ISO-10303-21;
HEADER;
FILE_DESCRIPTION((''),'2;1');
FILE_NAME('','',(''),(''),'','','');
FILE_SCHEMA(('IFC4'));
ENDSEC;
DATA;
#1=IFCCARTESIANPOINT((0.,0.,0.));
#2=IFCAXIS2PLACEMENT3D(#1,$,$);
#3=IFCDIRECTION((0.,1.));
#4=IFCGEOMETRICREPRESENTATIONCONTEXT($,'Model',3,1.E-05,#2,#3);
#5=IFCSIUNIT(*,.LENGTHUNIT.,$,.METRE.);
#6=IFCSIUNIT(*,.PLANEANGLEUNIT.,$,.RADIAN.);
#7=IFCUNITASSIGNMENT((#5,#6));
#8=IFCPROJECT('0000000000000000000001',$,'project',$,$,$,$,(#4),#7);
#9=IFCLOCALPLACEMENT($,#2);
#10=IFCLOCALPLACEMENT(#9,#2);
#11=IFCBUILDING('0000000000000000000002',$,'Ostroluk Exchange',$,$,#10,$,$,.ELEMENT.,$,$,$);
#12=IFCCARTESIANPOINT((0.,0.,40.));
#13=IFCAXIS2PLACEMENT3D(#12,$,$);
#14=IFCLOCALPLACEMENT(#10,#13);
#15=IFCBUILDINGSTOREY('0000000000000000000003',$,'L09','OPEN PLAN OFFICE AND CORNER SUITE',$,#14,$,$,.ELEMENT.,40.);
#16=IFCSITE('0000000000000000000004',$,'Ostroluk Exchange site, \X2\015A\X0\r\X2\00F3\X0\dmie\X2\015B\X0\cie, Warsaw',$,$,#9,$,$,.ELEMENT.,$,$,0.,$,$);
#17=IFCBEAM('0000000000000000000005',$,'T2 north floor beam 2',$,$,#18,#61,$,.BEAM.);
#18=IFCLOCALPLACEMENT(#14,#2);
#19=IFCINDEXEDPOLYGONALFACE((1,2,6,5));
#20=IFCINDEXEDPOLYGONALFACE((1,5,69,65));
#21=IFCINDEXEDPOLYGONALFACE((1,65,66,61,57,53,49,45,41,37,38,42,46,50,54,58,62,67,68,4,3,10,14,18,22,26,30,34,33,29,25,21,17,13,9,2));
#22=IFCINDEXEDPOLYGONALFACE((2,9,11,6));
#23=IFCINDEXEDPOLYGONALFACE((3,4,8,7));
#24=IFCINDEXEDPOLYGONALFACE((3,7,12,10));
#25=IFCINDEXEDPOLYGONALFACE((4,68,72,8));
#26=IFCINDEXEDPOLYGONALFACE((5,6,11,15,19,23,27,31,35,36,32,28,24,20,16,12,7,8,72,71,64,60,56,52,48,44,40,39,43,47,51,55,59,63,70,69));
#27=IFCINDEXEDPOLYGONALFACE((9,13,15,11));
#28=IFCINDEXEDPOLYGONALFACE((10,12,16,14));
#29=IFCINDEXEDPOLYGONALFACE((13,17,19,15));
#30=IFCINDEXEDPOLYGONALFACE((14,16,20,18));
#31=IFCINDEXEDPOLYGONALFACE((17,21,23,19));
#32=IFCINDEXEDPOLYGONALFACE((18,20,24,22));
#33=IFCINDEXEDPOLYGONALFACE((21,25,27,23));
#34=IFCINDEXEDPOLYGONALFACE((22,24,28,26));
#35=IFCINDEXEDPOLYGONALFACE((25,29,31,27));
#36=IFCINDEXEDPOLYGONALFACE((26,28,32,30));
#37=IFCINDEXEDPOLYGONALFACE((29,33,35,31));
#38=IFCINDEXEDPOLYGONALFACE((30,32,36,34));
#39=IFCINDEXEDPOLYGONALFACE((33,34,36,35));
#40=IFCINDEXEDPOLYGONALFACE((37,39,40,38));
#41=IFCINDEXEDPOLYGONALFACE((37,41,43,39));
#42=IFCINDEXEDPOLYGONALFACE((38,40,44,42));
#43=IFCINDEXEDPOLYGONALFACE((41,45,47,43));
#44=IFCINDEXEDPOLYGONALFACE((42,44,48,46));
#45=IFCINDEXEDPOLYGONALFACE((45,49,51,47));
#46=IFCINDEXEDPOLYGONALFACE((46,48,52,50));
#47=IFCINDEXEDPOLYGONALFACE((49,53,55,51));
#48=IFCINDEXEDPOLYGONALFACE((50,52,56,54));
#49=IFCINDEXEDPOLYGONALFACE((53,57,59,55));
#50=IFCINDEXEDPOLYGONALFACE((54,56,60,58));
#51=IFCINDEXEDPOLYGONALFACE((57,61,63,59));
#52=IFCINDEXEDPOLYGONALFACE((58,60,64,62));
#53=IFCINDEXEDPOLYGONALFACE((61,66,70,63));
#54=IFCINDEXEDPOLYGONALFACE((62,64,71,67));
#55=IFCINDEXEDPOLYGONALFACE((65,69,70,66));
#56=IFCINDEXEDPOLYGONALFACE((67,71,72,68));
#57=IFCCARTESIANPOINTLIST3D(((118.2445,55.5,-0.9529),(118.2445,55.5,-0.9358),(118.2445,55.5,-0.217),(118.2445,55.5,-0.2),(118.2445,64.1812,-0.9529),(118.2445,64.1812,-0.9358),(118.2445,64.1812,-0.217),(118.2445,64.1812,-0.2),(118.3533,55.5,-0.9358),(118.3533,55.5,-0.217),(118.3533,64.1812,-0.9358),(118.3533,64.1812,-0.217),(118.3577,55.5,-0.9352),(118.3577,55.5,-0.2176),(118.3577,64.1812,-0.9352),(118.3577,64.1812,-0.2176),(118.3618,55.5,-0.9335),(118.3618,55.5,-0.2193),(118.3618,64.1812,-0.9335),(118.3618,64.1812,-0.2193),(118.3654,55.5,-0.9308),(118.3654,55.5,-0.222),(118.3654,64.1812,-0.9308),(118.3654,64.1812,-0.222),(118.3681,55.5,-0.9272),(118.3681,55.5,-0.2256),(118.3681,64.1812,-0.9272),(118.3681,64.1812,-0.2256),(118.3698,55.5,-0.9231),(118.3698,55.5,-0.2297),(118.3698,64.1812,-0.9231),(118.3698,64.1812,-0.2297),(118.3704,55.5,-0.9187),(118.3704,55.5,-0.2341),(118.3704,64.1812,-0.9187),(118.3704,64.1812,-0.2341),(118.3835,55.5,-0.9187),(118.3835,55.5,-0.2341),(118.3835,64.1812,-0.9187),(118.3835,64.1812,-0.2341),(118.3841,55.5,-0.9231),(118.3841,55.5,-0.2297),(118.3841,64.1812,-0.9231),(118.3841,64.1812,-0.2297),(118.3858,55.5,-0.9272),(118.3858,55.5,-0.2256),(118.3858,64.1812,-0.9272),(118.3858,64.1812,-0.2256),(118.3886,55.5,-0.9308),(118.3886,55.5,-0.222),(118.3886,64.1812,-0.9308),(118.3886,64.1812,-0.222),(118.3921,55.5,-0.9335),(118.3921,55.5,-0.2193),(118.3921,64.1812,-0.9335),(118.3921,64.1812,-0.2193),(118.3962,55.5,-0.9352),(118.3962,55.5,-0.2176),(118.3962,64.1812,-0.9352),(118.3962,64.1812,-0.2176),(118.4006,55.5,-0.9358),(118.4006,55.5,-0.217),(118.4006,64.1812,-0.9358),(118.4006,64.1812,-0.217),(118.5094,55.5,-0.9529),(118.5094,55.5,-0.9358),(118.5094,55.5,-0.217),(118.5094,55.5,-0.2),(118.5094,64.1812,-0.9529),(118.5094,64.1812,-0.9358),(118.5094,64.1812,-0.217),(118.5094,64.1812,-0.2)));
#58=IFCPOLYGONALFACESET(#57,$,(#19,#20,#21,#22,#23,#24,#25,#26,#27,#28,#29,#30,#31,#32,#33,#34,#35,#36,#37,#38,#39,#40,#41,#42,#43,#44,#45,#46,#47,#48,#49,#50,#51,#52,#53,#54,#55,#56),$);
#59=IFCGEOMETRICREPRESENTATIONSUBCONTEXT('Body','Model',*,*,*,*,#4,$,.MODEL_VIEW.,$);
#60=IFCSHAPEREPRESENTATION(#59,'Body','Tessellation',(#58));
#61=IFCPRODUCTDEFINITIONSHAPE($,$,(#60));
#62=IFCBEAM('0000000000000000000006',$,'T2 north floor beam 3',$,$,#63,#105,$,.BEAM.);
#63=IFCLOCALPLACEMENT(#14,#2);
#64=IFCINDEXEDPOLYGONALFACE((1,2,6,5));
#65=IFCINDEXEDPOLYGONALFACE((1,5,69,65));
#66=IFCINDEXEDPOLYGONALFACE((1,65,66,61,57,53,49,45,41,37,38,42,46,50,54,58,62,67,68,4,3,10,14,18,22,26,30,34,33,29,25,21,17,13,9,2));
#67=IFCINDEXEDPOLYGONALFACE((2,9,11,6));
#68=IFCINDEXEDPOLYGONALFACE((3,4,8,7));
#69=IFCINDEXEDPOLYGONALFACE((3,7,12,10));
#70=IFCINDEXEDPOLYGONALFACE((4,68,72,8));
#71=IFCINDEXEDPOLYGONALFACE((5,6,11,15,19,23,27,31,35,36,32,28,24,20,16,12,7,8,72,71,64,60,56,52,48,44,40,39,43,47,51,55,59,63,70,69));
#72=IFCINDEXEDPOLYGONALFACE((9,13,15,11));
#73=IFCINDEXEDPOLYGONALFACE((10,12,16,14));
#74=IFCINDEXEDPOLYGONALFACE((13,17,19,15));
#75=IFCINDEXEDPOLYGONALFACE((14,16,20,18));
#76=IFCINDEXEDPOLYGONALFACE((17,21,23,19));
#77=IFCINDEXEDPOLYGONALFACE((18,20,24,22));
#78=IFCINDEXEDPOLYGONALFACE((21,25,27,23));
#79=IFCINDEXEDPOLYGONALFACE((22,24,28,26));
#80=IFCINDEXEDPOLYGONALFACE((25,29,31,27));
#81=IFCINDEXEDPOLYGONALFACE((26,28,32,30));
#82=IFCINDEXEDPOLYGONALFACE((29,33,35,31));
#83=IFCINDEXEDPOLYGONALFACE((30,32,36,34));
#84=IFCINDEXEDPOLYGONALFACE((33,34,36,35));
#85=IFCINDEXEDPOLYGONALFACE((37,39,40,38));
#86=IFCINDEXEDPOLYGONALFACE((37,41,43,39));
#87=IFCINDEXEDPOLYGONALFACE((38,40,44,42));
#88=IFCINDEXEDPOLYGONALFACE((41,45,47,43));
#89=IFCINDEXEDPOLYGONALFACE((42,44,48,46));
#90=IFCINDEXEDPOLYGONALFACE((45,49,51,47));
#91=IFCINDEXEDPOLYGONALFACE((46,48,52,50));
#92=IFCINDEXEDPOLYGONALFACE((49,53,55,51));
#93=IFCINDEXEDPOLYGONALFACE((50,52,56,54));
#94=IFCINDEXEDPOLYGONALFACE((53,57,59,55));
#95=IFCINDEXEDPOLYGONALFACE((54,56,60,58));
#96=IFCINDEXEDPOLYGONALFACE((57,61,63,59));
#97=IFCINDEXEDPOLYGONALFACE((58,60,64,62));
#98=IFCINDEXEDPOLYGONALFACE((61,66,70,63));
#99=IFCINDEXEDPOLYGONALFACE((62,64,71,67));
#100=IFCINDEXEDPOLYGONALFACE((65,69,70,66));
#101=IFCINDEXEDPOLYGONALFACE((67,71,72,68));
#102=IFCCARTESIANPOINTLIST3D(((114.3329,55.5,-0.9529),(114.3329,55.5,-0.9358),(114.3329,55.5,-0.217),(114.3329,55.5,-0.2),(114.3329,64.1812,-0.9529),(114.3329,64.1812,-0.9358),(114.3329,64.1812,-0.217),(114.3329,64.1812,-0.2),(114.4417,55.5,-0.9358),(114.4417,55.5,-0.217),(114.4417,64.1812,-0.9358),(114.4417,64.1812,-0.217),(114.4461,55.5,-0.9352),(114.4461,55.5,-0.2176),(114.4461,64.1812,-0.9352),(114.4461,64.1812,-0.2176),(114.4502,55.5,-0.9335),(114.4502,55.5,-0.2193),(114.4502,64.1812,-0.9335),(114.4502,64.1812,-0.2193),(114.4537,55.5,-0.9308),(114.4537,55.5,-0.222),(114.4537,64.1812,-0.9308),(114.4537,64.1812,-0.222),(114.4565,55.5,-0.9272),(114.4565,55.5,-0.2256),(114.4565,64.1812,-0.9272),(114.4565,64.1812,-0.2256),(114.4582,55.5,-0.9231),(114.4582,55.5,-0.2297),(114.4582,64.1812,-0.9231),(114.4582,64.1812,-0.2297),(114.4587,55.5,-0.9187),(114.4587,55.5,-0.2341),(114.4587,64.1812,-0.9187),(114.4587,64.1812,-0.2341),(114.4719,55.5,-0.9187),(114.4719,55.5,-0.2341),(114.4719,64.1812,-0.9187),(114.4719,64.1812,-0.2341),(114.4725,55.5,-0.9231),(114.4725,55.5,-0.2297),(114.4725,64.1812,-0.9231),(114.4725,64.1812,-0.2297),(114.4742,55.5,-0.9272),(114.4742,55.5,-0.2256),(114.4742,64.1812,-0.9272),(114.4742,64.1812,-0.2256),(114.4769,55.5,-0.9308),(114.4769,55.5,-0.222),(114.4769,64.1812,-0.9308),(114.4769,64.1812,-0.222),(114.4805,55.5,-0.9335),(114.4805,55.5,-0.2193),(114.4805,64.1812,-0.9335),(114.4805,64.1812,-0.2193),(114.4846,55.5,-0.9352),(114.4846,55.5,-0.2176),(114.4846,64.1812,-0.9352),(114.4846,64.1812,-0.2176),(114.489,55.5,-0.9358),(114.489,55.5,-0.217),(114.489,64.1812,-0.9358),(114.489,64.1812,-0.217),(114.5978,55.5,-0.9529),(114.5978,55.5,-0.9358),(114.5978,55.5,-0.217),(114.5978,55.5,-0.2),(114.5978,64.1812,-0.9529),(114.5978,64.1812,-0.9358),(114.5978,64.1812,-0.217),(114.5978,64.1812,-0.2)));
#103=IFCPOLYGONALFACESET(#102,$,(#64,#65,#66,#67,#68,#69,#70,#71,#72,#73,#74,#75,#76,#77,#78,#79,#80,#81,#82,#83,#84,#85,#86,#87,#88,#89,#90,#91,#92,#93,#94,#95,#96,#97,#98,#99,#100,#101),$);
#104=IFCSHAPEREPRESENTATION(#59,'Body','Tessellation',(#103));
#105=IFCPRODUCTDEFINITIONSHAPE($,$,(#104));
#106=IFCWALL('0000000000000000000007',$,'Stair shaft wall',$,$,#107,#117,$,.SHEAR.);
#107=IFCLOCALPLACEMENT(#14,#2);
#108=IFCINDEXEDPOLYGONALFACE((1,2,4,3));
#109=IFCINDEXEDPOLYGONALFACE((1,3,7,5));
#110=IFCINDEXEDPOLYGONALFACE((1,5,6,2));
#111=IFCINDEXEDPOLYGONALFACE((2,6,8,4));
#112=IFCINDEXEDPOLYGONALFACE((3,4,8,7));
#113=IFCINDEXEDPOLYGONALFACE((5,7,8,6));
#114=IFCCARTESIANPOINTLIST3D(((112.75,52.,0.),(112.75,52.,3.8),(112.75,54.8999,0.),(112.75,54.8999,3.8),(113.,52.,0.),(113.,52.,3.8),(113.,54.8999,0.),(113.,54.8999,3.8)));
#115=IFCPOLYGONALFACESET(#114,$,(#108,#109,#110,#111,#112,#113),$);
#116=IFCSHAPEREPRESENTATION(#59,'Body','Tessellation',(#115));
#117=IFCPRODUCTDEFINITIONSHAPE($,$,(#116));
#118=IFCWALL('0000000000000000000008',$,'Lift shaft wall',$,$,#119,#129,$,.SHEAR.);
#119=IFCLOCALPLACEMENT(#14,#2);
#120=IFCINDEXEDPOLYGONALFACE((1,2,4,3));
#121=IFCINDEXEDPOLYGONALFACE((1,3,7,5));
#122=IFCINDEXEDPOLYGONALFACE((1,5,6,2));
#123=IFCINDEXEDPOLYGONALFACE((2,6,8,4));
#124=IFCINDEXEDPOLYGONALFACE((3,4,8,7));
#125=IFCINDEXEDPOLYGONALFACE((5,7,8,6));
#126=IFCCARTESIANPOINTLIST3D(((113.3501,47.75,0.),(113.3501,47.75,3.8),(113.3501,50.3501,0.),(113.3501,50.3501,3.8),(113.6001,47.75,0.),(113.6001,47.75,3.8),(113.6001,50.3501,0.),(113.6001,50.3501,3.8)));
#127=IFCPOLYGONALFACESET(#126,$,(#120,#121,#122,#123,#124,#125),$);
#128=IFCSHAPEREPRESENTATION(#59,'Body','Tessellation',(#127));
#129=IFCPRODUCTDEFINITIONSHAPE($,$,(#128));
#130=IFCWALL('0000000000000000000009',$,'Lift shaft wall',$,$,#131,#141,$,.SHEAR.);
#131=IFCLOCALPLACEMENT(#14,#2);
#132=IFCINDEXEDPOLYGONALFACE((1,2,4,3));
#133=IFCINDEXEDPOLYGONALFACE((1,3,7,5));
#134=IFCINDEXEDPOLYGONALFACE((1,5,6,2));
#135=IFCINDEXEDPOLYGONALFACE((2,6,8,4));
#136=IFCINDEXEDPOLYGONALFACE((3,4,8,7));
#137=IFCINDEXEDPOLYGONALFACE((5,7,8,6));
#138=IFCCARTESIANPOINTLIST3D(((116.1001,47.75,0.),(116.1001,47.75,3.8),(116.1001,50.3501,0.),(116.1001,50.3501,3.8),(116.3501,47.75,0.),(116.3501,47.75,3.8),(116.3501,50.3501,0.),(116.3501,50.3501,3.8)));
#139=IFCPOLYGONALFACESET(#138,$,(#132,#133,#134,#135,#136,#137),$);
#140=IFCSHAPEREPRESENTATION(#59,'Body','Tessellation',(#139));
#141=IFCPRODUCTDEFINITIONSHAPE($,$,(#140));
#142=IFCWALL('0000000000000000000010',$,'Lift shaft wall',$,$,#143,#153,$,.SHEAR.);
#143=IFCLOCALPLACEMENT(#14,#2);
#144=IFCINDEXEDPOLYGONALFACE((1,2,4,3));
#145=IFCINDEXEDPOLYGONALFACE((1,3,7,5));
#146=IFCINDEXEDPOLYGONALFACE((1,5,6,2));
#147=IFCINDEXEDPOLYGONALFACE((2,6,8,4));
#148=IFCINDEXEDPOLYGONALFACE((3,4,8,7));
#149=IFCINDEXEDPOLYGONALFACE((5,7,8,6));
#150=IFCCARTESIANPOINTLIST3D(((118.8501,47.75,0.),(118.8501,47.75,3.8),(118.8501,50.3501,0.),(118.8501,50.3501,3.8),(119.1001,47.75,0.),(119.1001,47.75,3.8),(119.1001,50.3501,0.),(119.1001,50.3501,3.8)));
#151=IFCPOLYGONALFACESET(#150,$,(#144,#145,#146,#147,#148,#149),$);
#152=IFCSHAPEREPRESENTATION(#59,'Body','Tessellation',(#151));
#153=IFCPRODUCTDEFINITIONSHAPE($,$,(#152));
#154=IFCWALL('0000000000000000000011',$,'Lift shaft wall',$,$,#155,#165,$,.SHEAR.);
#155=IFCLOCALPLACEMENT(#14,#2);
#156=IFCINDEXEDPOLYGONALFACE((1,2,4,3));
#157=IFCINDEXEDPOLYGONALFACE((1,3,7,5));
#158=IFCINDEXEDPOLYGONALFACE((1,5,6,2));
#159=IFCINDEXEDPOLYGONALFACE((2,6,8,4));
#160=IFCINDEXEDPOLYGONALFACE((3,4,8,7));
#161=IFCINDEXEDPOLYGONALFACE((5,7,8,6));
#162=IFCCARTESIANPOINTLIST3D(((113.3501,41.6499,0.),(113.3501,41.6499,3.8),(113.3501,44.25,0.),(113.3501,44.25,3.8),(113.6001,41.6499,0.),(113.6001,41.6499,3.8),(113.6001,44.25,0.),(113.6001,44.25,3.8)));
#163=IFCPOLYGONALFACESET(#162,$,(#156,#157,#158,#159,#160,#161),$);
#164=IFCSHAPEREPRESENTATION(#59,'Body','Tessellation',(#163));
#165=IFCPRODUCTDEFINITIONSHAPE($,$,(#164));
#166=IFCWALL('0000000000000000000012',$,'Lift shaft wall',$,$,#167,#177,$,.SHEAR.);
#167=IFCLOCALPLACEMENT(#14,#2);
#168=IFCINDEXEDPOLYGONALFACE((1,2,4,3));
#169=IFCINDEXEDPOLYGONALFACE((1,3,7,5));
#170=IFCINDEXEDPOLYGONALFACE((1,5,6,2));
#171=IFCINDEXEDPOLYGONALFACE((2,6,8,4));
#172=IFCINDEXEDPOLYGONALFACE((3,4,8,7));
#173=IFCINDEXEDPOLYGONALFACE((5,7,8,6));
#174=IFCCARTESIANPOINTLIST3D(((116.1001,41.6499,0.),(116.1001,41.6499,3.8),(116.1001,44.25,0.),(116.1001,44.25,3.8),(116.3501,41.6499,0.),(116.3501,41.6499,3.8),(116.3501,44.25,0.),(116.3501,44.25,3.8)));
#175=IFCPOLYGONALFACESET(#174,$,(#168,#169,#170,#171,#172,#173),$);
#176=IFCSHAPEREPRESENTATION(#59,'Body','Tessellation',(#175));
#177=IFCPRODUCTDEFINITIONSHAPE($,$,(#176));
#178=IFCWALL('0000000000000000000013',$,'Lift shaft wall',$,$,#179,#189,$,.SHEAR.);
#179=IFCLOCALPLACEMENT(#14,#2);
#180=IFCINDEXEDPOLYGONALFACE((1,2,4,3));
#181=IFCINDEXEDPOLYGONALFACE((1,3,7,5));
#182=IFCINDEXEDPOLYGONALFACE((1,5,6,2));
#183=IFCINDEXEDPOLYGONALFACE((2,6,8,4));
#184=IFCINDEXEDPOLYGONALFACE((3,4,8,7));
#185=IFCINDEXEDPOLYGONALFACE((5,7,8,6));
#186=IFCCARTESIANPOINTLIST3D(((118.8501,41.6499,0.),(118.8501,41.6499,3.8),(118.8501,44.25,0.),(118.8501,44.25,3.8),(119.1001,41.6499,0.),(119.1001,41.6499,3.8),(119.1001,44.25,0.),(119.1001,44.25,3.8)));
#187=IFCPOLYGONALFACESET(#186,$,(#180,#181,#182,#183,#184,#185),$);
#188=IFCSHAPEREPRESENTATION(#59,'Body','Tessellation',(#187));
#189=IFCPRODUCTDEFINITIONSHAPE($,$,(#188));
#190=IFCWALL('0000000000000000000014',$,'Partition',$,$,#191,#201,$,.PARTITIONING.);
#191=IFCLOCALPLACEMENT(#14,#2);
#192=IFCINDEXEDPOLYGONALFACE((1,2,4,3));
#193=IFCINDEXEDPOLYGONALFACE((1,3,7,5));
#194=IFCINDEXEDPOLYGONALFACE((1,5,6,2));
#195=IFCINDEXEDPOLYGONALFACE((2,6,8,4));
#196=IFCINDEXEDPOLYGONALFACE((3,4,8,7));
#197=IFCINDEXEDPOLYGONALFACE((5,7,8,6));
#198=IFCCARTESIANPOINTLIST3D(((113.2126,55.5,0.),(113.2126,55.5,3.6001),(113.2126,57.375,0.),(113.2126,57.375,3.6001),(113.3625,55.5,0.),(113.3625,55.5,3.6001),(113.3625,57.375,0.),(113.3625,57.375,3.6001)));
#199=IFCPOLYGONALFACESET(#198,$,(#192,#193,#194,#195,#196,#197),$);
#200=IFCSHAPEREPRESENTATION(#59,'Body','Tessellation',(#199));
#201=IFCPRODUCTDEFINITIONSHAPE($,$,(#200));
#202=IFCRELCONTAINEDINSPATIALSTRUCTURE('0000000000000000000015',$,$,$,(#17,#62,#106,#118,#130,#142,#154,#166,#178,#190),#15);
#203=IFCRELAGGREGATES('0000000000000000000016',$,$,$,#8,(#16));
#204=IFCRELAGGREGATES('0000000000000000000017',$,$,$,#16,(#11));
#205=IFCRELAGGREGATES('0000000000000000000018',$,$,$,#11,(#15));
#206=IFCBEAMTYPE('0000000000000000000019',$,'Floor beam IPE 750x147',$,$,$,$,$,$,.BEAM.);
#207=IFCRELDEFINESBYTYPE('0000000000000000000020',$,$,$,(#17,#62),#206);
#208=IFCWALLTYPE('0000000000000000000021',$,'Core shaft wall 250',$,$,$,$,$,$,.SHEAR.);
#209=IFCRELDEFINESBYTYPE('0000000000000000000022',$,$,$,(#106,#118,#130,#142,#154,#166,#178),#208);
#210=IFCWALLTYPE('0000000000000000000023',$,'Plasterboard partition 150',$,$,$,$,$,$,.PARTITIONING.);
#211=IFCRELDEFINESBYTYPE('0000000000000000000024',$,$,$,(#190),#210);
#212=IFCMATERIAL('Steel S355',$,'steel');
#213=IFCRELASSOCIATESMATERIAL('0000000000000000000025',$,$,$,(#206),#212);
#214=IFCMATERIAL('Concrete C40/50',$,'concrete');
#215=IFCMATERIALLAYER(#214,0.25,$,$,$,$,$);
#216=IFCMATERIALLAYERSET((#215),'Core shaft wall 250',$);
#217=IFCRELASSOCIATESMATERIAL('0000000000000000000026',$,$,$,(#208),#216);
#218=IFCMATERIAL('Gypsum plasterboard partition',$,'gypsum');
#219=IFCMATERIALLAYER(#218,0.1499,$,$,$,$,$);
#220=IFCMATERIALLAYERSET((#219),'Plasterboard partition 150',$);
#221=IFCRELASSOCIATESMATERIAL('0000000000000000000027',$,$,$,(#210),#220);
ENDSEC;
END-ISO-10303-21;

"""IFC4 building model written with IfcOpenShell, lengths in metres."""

from ifc_helpers import new_model, si_unit, direction, frame, frame_2d, origin, origin_2d, place, context, subcontext, project, spatial, rectangle, i_section, extrude, material, layer, layer_set, material_profile, profile_set, type_object, element, save


model = new_model("IFC4")

# Units and contexts
model_context = context("Model", 3, precision=1e-05, world=origin(), true_north=direction((0.0, 1.0)))
body_context = subcontext(model_context, "Body", "Model", "MODEL_VIEW")
ifc_project = project(units=[si_unit("LENGTHUNIT", "METRE"), si_unit("PLANEANGLEUNIT", "RADIAN")], contexts=[model_context])

# Site, building, storey
site_placement = place(None, origin())
site = spatial("IfcSite", under=ifc_project, at=site_placement, Name="Ostroluk Exchange site, Śródmieście, Warsaw", CompositionType="ELEMENT", RefElevation=0.0)
building_placement = place(site_placement, origin())
building = spatial("IfcBuilding", under=site, at=building_placement, Name="Ostroluk Exchange", CompositionType="ELEMENT")
storey_placement = place(building_placement, frame((0.0, 0.0, 40.0)))
storey = spatial("IfcBuildingStorey", under=building, at=storey_placement, Name="L09", Description="OPEN PLAN OFFICE AND CORNER SUITE", CompositionType="ELEMENT", Elevation=40.0)

# Beams
ifc_material_1 = material(Name="Steel S355", Category="steel")
ifc_material_profile = material_profile(ifc_material_1, i_section(OverallWidth=0.2649, OverallDepth=0.7529, WebThickness=0.0132, FlangeThickness=0.0171, FilletRadius=0.0171, at=origin_2d()), Name="IPE 750x147")
ifc_profile_set = profile_set([ifc_material_profile], Name="Steel S355")
beam_type = type_object("IfcBeamType", Name="Floor beam IPE 750x147", PredefinedType="BEAM", material=ifc_profile_set)
for number, where, z_axis, x_axis, name in (
    (1, (118.377, 55.5, -0.5764), (0.0, 1.0, 0.0), (-1.0, 0.0, 0.0), "T2 north floor beam 2"),
    (2, (114.4653, 55.5, -0.5764), (0.0, 1.0, 0.0), (-1.0, 0.0, 0.0), "T2 north floor beam 3"),
):
    element("IfcBeam", number, at=place(storey_placement, frame(where, z_axis=z_axis, x_axis=x_axis)), inside=storey, type_object=beam_type, Name=name, PredefinedType="BEAM", context=body_context, shape_type="SweptSolid", body=[
        extrude(i_section(OverallWidth=0.2649, OverallDepth=0.7529, WebThickness=0.0132, FlangeThickness=0.0171, FilletRadius=0.0171, at=origin_2d()), origin(), (0.0, 0.0, 1.0), 8.6812),
    ])

# Walls
ifc_material_2 = material(Name="Concrete C40/50", Category="concrete")
ifc_layer_1 = layer(ifc_material_2, 0.25)
ifc_layer_set_1 = layer_set([ifc_layer_1], Name="Core shaft wall 250")
wall_type_1 = type_object("IfcWallType", Name="Core shaft wall 250", PredefinedType="SHEAR", material=ifc_layer_set_1)
wall_1_placement = place(storey_placement, frame((112.875, 52.0, 0.0), z_axis=(0.0, 0.0, 1.0), x_axis=(0.0, 1.0, 0.0)))
element("IfcWall", 3, at=wall_1_placement, inside=storey, type_object=wall_type_1, Name="Stair shaft wall", PredefinedType="SHEAR", context=body_context, shape_type="SweptSolid", body=[
    extrude(rectangle(XDim=2.8999, YDim=0.25, at=frame_2d((1.45, 0.0))), origin(), (0.0, 0.0, 1.0), 3.8),
])
for number, where, z_axis, x_axis, name in (
    (4, (113.4751, 47.75, 0.0), (0.0, 0.0, 1.0), (0.0, 1.0, 0.0), "Lift shaft wall"),
    (5, (116.2251, 47.75, 0.0), (0.0, 0.0, 1.0), (0.0, 1.0, 0.0), "Lift shaft wall"),
    (6, (118.9751, 47.75, 0.0), (0.0, 0.0, 1.0), (0.0, 1.0, 0.0), "Lift shaft wall"),
    (7, (113.4751, 44.25, 0.0), (0.0, 0.0, 1.0), (0.0, -1.0, 0.0), "Lift shaft wall"),
    (8, (116.2251, 44.25, 0.0), (0.0, 0.0, 1.0), (0.0, -1.0, 0.0), "Lift shaft wall"),
    (9, (118.9751, 44.25, 0.0), (0.0, 0.0, 1.0), (0.0, -1.0, 0.0), "Lift shaft wall"),
):
    element("IfcWall", number, at=place(storey_placement, frame(where, z_axis=z_axis, x_axis=x_axis)), inside=storey, type_object=wall_type_1, Name=name, PredefinedType="SHEAR", context=body_context, shape_type="SweptSolid", body=[
        extrude(rectangle(XDim=2.6001, YDim=0.25, at=frame_2d((1.3, 0.0))), origin(), (0.0, 0.0, 1.0), 3.8),
    ])
ifc_material_3 = material(Name="Gypsum plasterboard partition", Category="gypsum")
ifc_layer_2 = layer(ifc_material_3, 0.1499)
ifc_layer_set_2 = layer_set([ifc_layer_2], Name="Plasterboard partition 150")
wall_type_2 = type_object("IfcWallType", Name="Plasterboard partition 150", PredefinedType="PARTITIONING", material=ifc_layer_set_2)
wall_2_placement = place(storey_placement, frame((113.2876, 55.5, 0.0), z_axis=(0.0, 0.0, 1.0), x_axis=(0.0, 1.0, 0.0)))
element("IfcWall", 10, at=wall_2_placement, inside=storey, type_object=wall_type_2, Name="Partition", PredefinedType="PARTITIONING", context=body_context, shape_type="SweptSolid", body=[
    extrude(rectangle(XDim=1.875, YDim=0.1499, at=frame_2d((0.9375, 0.0))), origin(), (0.0, 0.0, 1.0), 3.6001),
])

save(model, "model.ifc")
